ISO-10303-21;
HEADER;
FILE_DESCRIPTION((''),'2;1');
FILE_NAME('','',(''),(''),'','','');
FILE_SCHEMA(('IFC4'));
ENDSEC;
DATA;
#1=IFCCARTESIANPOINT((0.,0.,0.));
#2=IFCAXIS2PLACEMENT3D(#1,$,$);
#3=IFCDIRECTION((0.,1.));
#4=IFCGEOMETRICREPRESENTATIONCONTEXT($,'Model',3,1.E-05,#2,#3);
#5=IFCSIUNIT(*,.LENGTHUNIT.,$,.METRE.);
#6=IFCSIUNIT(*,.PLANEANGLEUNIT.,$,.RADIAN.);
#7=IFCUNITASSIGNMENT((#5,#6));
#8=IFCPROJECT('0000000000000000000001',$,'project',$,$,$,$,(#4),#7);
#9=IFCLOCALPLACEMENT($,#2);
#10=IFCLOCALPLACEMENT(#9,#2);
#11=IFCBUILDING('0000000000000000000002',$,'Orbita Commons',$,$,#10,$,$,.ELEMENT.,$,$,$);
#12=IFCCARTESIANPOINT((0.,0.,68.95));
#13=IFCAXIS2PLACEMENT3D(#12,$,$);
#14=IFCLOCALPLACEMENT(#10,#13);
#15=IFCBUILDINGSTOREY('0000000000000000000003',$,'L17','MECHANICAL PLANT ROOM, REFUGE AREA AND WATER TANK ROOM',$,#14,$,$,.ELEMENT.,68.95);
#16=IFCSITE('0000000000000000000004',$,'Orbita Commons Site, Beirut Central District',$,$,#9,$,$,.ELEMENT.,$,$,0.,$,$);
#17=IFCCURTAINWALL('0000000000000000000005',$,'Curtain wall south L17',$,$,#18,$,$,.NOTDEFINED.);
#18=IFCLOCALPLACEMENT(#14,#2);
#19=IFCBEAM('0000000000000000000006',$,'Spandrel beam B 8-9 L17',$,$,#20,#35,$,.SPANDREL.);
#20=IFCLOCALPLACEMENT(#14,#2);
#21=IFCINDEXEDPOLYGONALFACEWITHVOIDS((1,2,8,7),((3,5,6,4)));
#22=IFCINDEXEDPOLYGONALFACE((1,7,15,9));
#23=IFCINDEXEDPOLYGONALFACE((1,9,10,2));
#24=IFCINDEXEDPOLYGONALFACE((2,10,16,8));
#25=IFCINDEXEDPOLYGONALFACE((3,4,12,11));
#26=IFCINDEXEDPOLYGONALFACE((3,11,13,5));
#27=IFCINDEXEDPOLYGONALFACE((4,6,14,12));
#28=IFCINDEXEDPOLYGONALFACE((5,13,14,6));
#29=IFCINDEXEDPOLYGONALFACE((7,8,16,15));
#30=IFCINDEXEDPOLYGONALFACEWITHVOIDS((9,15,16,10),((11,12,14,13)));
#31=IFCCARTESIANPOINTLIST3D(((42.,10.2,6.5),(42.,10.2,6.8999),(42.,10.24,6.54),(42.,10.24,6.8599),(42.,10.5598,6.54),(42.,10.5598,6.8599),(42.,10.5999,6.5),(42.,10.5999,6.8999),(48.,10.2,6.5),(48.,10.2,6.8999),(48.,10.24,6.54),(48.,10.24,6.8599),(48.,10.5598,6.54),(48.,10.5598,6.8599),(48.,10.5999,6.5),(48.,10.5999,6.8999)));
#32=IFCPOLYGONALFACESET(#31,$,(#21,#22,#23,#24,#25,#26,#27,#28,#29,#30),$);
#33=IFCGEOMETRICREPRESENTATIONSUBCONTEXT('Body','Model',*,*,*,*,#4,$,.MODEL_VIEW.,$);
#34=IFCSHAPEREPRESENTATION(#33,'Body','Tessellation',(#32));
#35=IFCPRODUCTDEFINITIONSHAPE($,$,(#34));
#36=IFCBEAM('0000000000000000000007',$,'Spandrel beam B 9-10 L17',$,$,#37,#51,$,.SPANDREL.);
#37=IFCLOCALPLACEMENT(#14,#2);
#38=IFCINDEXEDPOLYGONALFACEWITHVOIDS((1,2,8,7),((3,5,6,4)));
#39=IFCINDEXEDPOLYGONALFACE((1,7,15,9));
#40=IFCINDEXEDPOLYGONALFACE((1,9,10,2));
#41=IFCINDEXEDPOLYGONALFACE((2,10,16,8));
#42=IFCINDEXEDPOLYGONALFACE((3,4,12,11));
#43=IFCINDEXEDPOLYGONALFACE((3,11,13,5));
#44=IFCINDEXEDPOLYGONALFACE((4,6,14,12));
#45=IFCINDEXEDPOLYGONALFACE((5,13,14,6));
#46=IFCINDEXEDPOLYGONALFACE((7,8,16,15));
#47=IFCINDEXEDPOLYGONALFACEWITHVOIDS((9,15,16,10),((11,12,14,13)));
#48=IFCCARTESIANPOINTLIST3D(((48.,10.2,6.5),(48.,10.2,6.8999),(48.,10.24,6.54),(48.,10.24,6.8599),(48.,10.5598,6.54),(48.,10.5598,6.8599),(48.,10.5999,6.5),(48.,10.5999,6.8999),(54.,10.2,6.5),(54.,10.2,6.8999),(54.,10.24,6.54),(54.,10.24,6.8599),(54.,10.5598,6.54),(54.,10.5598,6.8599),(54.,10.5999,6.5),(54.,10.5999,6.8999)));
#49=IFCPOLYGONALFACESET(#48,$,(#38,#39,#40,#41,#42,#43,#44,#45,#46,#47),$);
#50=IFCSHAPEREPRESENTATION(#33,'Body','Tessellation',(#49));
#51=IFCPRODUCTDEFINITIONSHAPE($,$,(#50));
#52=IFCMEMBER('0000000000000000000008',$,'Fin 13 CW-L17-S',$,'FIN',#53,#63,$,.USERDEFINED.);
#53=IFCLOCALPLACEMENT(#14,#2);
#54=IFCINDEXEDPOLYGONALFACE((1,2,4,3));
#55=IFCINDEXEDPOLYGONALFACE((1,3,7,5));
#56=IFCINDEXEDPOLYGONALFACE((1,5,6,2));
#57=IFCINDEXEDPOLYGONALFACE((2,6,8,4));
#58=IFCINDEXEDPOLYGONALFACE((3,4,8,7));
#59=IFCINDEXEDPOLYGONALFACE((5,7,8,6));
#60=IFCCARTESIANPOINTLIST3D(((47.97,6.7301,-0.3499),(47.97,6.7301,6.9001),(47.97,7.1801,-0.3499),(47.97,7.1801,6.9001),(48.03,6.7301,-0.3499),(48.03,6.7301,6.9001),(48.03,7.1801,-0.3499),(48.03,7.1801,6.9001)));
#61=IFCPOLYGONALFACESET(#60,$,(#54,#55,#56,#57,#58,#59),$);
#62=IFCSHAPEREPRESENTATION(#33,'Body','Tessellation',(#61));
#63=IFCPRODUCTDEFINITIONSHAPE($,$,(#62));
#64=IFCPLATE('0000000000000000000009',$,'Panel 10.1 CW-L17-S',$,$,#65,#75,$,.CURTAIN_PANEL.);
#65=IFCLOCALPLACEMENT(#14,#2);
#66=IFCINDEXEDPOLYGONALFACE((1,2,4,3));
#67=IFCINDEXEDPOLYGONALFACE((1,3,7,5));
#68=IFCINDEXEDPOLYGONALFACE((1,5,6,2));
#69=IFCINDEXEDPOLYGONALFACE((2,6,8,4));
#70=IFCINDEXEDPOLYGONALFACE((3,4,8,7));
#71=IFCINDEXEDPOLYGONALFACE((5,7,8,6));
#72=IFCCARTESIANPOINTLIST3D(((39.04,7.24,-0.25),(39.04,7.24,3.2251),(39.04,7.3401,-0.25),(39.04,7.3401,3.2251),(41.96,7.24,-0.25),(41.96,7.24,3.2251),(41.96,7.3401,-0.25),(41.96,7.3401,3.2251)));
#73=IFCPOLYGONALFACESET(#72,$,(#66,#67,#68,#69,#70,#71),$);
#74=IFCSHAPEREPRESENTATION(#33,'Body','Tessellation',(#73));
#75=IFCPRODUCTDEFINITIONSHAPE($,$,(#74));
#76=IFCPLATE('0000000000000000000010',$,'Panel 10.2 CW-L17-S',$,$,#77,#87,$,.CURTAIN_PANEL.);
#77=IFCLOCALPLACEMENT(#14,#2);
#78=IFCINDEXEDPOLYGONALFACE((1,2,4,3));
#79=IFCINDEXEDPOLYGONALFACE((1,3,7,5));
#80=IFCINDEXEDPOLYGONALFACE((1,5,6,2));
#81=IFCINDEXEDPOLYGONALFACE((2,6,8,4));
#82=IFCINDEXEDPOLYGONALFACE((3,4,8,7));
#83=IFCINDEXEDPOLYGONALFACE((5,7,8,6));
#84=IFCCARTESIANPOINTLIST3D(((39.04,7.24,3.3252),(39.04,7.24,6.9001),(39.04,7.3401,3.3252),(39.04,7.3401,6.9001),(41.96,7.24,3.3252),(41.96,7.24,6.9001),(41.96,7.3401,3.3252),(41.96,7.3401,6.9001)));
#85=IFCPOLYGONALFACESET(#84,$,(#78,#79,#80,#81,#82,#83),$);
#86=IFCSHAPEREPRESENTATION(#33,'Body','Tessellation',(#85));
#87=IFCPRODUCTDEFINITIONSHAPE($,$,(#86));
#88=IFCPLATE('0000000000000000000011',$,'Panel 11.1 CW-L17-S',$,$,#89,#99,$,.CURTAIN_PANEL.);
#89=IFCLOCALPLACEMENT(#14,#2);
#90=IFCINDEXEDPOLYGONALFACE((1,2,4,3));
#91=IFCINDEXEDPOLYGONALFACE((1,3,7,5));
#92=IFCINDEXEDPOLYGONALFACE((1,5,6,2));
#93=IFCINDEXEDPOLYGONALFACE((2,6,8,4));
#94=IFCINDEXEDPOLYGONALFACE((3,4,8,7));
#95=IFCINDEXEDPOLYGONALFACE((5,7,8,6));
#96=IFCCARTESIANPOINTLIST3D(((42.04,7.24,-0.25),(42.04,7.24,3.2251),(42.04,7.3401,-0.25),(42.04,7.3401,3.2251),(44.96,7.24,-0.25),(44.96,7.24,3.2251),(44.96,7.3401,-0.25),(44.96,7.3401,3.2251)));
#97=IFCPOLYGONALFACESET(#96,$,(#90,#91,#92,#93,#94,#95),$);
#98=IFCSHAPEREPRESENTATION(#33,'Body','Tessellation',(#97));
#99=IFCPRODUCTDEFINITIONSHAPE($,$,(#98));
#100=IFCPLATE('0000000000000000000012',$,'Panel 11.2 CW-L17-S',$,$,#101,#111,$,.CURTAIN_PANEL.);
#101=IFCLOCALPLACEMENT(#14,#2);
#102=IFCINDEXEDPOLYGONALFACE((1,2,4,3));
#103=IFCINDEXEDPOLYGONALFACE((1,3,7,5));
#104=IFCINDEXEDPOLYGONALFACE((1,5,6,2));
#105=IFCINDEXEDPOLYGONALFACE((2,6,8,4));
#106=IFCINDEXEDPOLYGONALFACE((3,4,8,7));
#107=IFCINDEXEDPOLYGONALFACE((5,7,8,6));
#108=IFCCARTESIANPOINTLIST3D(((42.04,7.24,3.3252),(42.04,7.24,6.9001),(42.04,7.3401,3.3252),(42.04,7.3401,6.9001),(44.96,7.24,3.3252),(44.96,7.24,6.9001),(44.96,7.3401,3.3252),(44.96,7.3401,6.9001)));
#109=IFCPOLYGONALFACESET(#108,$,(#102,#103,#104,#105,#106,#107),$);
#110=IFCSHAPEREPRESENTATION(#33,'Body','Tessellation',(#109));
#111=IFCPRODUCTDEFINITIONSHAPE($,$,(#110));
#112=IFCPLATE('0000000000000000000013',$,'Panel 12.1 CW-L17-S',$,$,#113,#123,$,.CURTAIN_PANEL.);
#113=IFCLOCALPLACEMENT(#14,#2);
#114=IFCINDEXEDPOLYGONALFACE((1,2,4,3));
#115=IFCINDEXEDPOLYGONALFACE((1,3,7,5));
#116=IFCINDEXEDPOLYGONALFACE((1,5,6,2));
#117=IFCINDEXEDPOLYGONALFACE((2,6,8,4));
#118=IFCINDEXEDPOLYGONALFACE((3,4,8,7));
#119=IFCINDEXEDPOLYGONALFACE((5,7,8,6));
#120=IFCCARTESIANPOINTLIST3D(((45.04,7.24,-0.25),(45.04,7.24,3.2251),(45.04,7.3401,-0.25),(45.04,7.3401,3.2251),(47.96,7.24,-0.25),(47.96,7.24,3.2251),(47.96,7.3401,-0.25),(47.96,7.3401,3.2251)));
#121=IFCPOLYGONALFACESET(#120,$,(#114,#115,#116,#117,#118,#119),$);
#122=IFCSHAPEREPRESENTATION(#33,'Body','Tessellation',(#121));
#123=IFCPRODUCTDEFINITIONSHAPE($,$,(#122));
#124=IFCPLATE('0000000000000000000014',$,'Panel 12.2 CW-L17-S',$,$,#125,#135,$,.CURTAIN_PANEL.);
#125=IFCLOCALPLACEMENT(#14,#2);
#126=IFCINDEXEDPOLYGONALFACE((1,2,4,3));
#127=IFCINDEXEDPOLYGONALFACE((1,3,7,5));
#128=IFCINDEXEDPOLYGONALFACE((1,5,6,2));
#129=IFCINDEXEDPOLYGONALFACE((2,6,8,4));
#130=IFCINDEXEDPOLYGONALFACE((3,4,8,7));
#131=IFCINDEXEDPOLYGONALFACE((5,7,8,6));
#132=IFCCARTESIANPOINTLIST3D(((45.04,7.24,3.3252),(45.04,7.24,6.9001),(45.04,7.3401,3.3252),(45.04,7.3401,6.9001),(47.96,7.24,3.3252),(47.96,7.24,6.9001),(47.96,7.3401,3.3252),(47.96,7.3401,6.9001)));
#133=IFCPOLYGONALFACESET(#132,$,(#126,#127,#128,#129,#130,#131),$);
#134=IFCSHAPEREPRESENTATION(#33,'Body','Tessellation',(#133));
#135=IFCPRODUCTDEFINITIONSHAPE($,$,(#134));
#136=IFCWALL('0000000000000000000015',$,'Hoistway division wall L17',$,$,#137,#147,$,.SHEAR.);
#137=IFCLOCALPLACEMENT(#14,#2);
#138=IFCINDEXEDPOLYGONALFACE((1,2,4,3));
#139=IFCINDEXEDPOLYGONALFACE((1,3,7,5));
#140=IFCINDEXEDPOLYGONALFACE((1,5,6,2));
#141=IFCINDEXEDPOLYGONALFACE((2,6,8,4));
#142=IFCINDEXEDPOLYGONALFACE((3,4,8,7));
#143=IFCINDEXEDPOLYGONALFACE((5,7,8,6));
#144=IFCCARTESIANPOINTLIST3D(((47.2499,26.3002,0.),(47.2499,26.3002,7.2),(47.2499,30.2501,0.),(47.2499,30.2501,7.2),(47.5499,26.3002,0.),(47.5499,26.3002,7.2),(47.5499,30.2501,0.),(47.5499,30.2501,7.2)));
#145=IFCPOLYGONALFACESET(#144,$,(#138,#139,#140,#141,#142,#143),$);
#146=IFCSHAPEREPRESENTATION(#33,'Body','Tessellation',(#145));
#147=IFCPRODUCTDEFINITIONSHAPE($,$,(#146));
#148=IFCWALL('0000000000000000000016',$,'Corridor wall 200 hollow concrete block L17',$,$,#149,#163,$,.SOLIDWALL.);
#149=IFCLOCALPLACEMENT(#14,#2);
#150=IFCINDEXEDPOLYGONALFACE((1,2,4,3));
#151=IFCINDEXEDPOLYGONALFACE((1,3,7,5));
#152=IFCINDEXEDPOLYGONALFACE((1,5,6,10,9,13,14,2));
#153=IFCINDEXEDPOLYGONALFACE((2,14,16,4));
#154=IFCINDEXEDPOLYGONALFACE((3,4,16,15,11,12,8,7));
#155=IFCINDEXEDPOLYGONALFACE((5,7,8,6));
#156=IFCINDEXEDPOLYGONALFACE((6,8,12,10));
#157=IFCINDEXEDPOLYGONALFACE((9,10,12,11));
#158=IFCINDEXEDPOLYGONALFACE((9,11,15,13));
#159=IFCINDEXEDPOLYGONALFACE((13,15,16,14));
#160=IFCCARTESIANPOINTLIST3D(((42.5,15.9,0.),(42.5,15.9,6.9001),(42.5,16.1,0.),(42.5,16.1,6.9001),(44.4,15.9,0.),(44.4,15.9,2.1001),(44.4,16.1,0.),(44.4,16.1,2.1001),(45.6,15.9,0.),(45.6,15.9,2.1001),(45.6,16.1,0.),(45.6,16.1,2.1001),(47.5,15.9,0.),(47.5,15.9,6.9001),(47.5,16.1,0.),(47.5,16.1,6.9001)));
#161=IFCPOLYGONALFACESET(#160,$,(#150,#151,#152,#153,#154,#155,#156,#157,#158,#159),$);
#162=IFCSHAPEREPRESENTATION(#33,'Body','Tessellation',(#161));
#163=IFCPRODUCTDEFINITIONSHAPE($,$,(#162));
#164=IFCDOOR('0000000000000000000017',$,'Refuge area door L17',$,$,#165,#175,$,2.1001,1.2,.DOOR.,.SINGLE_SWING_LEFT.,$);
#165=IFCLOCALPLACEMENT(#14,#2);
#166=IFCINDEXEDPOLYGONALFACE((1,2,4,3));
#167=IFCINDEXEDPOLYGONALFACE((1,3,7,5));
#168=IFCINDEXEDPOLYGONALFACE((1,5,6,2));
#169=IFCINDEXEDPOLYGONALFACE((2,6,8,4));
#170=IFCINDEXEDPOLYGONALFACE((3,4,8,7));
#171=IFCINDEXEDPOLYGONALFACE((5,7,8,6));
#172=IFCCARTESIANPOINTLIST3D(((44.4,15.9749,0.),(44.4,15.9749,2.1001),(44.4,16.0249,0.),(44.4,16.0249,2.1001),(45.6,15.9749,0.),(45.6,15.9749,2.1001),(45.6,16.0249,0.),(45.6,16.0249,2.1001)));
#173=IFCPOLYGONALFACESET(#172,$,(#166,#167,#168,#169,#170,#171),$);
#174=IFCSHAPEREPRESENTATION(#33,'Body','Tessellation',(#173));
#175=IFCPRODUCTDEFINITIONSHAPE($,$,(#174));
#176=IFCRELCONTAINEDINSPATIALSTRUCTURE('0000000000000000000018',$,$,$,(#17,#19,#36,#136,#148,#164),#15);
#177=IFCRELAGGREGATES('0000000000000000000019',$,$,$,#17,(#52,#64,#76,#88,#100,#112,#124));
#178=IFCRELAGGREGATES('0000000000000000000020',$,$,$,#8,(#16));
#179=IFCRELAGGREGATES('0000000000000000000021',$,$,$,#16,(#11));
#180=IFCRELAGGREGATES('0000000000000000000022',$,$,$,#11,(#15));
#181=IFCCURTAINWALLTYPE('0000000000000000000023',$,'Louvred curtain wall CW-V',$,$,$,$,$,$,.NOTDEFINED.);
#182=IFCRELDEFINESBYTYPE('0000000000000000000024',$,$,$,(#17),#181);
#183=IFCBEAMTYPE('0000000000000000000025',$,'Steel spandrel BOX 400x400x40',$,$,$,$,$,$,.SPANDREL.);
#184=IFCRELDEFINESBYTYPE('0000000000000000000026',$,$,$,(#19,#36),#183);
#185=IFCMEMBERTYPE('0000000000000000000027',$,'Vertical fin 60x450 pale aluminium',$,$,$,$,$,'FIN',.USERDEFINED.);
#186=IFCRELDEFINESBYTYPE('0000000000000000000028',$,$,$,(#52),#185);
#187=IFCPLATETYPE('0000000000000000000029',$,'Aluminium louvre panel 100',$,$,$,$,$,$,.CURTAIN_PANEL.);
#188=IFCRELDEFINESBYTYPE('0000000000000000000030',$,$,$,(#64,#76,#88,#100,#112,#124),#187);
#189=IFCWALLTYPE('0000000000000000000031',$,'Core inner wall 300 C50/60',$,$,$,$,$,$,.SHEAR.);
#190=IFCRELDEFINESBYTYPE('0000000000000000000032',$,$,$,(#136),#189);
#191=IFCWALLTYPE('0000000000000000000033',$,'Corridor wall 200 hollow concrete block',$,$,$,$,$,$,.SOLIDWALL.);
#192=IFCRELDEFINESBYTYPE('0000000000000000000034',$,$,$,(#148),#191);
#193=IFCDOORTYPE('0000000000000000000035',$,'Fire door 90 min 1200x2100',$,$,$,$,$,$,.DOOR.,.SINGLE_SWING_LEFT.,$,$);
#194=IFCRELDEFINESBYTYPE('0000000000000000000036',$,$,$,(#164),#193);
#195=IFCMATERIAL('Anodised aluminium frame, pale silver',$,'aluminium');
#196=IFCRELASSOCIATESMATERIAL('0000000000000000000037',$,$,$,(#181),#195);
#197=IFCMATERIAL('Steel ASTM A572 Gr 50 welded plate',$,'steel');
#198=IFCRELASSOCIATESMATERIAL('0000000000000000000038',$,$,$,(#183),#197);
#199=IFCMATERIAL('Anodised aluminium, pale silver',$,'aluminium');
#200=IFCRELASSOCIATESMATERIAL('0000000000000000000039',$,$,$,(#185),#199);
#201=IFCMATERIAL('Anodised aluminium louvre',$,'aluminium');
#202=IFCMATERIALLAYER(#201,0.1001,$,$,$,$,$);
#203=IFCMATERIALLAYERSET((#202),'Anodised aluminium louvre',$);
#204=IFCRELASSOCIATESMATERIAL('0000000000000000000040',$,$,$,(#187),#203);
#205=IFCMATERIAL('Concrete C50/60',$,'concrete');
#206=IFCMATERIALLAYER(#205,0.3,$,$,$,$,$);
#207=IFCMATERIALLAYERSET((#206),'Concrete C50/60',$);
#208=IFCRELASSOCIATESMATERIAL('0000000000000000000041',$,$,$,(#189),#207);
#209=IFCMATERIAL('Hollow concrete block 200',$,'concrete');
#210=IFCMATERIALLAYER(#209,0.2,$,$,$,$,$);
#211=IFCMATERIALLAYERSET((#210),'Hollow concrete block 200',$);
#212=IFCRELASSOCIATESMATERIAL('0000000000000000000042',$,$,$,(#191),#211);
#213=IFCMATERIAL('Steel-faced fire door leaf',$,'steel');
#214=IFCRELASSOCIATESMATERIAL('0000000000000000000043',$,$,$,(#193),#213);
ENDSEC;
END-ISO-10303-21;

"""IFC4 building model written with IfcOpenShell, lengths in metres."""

from ifc_helpers import new_model, si_unit, direction, frame, frame_2d, origin, origin_2d, place, context, subcontext, project, spatial, rectangle, hollow_rectangle, extrude, material, layer, layer_set, material_profile, profile_set, type_object, element, fill, aggregate, save


model = new_model("IFC4")

# Units and contexts
model_context = context("Model", 3, precision=1e-05, world=origin(), true_north=direction((0.0, 1.0)))
body_context = subcontext(model_context, "Body", "Model", "MODEL_VIEW")
ifc_project = project(units=[si_unit("LENGTHUNIT", "METRE"), si_unit("PLANEANGLEUNIT", "RADIAN")], contexts=[model_context])

# Site, building, storey
site_placement = place(None, origin())
site = spatial("IfcSite", under=ifc_project, at=site_placement, Name="Orbita Commons Site, Beirut Central District", CompositionType="ELEMENT", RefElevation=0.0)
building_placement = place(site_placement, origin())
building = spatial("IfcBuilding", under=site, at=building_placement, Name="Orbita Commons", CompositionType="ELEMENT")
storey_placement = place(building_placement, frame((0.0, 0.0, 68.95)))
storey = spatial("IfcBuildingStorey", under=building, at=storey_placement, Name="L17", Description="MECHANICAL PLANT ROOM, REFUGE AREA AND WATER TANK ROOM", CompositionType="ELEMENT", Elevation=68.95)

# Curtain wall
ifc_material_1 = material(Name="Anodised aluminium frame, pale silver", Category="aluminium")
curtain_wall_type = type_object("IfcCurtainWallType", Name="Louvred curtain wall CW-V", PredefinedType="NOTDEFINED", material=ifc_material_1)
curtain_wall_placement = place(storey_placement, origin())
curtain_wall = element("IfcCurtainWall", 1, at=curtain_wall_placement, inside=storey, type_object=curtain_wall_type, Name="Curtain wall south L17", PredefinedType="NOTDEFINED")

# Beams
ifc_material_2 = material(Name="Steel ASTM A572 Gr 50 welded plate", Category="steel")
ifc_material_profile_1 = material_profile(ifc_material_2, hollow_rectangle(XDim=0.3999, YDim=0.3999, WallThickness=0.04, at=origin_2d()), Name="BOX 400x400x40")
ifc_profile_set_1 = profile_set([ifc_material_profile_1], Name="Steel ASTM A572 Gr 50 welded plate")
beam_type = type_object("IfcBeamType", Name="Steel spandrel BOX 400x400x40", PredefinedType="SPANDREL", material=ifc_profile_set_1)
for number, where, z_axis, x_axis, name in (
    (2, (42.0, 10.3999, 6.7), (1.0, 0.0, 0.0), (0.0, 1.0, 0.0), "Spandrel beam B 8-9 L17"),
    (3, (48.0, 10.3999, 6.7), (1.0, 0.0, 0.0), (0.0, 1.0, 0.0), "Spandrel beam B 9-10 L17"),
):
    element("IfcBeam", number, at=place(storey_placement, frame(where, z_axis=z_axis, x_axis=x_axis)), inside=storey, type_object=beam_type, Name=name, PredefinedType="SPANDREL", context=body_context, shape_type="SweptSolid", body=[
        extrude(hollow_rectangle(XDim=0.3999, YDim=0.3999, WallThickness=0.04, at=origin_2d()), origin(), (0.0, 0.0, 1.0), 6.0),
    ])

# Member
ifc_material_3 = material(Name="Anodised aluminium, pale silver", Category="aluminium")
ifc_material_profile_2 = material_profile(ifc_material_3, rectangle(XDim=0.0601, YDim=0.45, at=origin_2d()), Name="FIN 60x450")
ifc_profile_set_2 = profile_set([ifc_material_profile_2], Name="Anodised aluminium, pale silver")
member_type_1 = type_object("IfcMemberType", Name="Vertical fin 60x450 pale aluminium", ElementType="FIN", PredefinedType="USERDEFINED", material=ifc_profile_set_2)
member_1_placement = place(storey_placement, frame((48.0, 6.9551, -0.3499), z_axis=(0.0, 0.0, 1.0), x_axis=(1.0, 0.0, 0.0)))
member_1 = element("IfcMember", 4, at=member_1_placement, type_object=member_type_1, Name="Fin 13 CW-L17-S", ObjectType="FIN", PredefinedType="USERDEFINED", context=body_context, shape_type="SweptSolid", body=[
    extrude(rectangle(XDim=0.0601, YDim=0.45, at=origin_2d()), origin(), (0.0, 0.0, 1.0), 7.25),
])

# Plates
ifc_material_4 = material(Name="Anodised aluminium louvre", Category="aluminium")
ifc_layer_1 = layer(ifc_material_4, 0.1001)
ifc_layer_set_1 = layer_set([ifc_layer_1], Name="Anodised aluminium louvre")
plate_type = type_object("IfcPlateType", Name="Aluminium louvre panel 100", PredefinedType="CURTAIN_PANEL", material=ifc_layer_set_1)
plate_1_placement = place(storey_placement, frame((40.5, 7.29, -0.25), z_axis=(0.0, 0.0, 1.0), x_axis=(1.0, 0.0, 0.0)))
plate_1 = element("IfcPlate", 5, at=plate_1_placement, type_object=plate_type, Name="Panel 10.1 CW-L17-S", PredefinedType="CURTAIN_PANEL", context=body_context, shape_type="SweptSolid", body=[
    extrude(rectangle(XDim=2.9199, YDim=0.1001, at=origin_2d()), origin(), (0.0, 0.0, 1.0), 3.4751),
])
plate_2_placement = place(storey_placement, frame((40.5, 7.29, 3.3252), z_axis=(0.0, 0.0, 1.0), x_axis=(1.0, 0.0, 0.0)))
plate_2 = element("IfcPlate", 6, at=plate_2_placement, type_object=plate_type, Name="Panel 10.2 CW-L17-S", PredefinedType="CURTAIN_PANEL", context=body_context, shape_type="SweptSolid", body=[
    extrude(rectangle(XDim=2.9199, YDim=0.1001, at=origin_2d()), origin(), (0.0, 0.0, 1.0), 3.575),
])
plate_3_placement = place(storey_placement, frame((43.5, 7.29, -0.25), z_axis=(0.0, 0.0, 1.0), x_axis=(1.0, 0.0, 0.0)))
plate_3 = element("IfcPlate", 7, at=plate_3_placement, type_object=plate_type, Name="Panel 11.1 CW-L17-S", PredefinedType="CURTAIN_PANEL", context=body_context, shape_type="SweptSolid", body=[
    extrude(rectangle(XDim=2.9199, YDim=0.1001, at=origin_2d()), origin(), (0.0, 0.0, 1.0), 3.4751),
])
plate_4_placement = place(storey_placement, frame((43.5, 7.29, 3.3252), z_axis=(0.0, 0.0, 1.0), x_axis=(1.0, 0.0, 0.0)))
plate_4 = element("IfcPlate", 8, at=plate_4_placement, type_object=plate_type, Name="Panel 11.2 CW-L17-S", PredefinedType="CURTAIN_PANEL", context=body_context, shape_type="SweptSolid", body=[
    extrude(rectangle(XDim=2.9199, YDim=0.1001, at=origin_2d()), origin(), (0.0, 0.0, 1.0), 3.575),
])
plate_5_placement = place(storey_placement, frame((46.5, 7.29, -0.25), z_axis=(0.0, 0.0, 1.0), x_axis=(1.0, 0.0, 0.0)))
plate_5 = element("IfcPlate", 9, at=plate_5_placement, type_object=plate_type, Name="Panel 12.1 CW-L17-S", PredefinedType="CURTAIN_PANEL", context=body_context, shape_type="SweptSolid", body=[
    extrude(rectangle(XDim=2.9199, YDim=0.1001, at=origin_2d()), origin(), (0.0, 0.0, 1.0), 3.4751),
])
plate_6_placement = place(storey_placement, frame((46.5, 7.29, 3.3252), z_axis=(0.0, 0.0, 1.0), x_axis=(1.0, 0.0, 0.0)))
plate_6 = element("IfcPlate", 10, at=plate_6_placement, type_object=plate_type, Name="Panel 12.2 CW-L17-S", PredefinedType="CURTAIN_PANEL", context=body_context, shape_type="SweptSolid", body=[
    extrude(rectangle(XDim=2.9199, YDim=0.1001, at=origin_2d()), origin(), (0.0, 0.0, 1.0), 3.575),
])
aggregate(curtain_wall, [member_1, plate_1, plate_2, plate_3, plate_4, plate_5, plate_6])

# Wall
ifc_material_5 = material(Name="Concrete C50/60", Category="concrete")
ifc_layer_2 = layer(ifc_material_5, 0.3)
ifc_layer_set_2 = layer_set([ifc_layer_2], Name="Concrete C50/60")
wall_type_1 = type_object("IfcWallType", Name="Core inner wall 300 C50/60", PredefinedType="SHEAR", material=ifc_layer_set_2)
wall_1_placement = place(storey_placement, frame((47.3999, 26.3, 0.0), z_axis=(0.0, 0.0, 1.0), x_axis=(0.0, 1.0, 0.0)))
element("IfcWall", 11, at=wall_1_placement, inside=storey, type_object=wall_type_1, Name="Hoistway division wall L17", PredefinedType="SHEAR", context=body_context, shape_type="SweptSolid", body=[
    extrude(rectangle(XDim=3.95, YDim=0.3, at=frame_2d((1.9751, 0.0))), origin(), (0.0, 0.0, 1.0), 7.2),
])

# Wall, opening, door
ifc_material_6 = material(Name="Hollow concrete block 200", Category="concrete")
ifc_layer_3 = layer(ifc_material_6, 0.2)
ifc_layer_set_3 = layer_set([ifc_layer_3], Name="Hollow concrete block 200")
wall_type_2 = type_object("IfcWallType", Name="Corridor wall 200 hollow concrete block", PredefinedType="SOLIDWALL", material=ifc_layer_set_3)
wall_2_placement = place(storey_placement, frame((42.5, 16.0, 0.0), z_axis=(0.0, 0.0, 1.0), x_axis=(1.0, 0.0, 0.0)))
wall_2 = element("IfcWall", 12, at=wall_2_placement, inside=storey, type_object=wall_type_2, Name="Corridor wall 200 hollow concrete block L17", PredefinedType="SOLIDWALL", context=body_context, shape_type="SweptSolid", body=[
    extrude(rectangle(XDim=5.0, YDim=0.2, at=frame_2d((2.5, 0.0))), origin(), (0.0, 0.0, 1.0), 6.9001),
])
opening_1_placement = place(wall_2_placement, frame((1.8999, 0.0, 0.0)))
opening_1 = element("IfcOpeningElement", 13, at=opening_1_placement, cuts=wall_2, PredefinedType="OPENING", context=body_context, shape_type="SweptSolid", body=[
    extrude(rectangle(XDim=1.2, YDim=2.1001, at=frame_2d((0.6001, 1.05))), frame((0.0, 0.1099, 0.0), z_axis=(0.0, -1.0, 0.0), x_axis=(1.0, 0.0, 0.0)), (0.0, 0.0, 1.0), 0.22),
])
ifc_material_7 = material(Name="Steel-faced fire door leaf", Category="steel")
door_type = type_object("IfcDoorType", Name="Fire door 90 min 1200x2100", OperationType="SINGLE_SWING_LEFT", PredefinedType="DOOR", material=ifc_material_7)
door_1_placement = place(opening_1_placement, origin())
door_1 = element("IfcDoor", 14, at=door_1_placement, inside=storey, type_object=door_type, Name="Refuge area door L17", OperationType="SINGLE_SWING_LEFT", OverallHeight=2.1001, OverallWidth=1.2, PredefinedType="DOOR", context=body_context, shape_type="SweptSolid", body=[
    extrude(rectangle(XDim=1.2, YDim=2.1001, at=frame_2d((0.6001, 1.05))), frame((0.0, 0.0249, 0.0), z_axis=(0.0, -1.0, 0.0), x_axis=(1.0, 0.0, 0.0)), (0.0, 0.0, 1.0), 0.05),
])
fill(opening_1, door_1)

save(model, "model.ifc")
